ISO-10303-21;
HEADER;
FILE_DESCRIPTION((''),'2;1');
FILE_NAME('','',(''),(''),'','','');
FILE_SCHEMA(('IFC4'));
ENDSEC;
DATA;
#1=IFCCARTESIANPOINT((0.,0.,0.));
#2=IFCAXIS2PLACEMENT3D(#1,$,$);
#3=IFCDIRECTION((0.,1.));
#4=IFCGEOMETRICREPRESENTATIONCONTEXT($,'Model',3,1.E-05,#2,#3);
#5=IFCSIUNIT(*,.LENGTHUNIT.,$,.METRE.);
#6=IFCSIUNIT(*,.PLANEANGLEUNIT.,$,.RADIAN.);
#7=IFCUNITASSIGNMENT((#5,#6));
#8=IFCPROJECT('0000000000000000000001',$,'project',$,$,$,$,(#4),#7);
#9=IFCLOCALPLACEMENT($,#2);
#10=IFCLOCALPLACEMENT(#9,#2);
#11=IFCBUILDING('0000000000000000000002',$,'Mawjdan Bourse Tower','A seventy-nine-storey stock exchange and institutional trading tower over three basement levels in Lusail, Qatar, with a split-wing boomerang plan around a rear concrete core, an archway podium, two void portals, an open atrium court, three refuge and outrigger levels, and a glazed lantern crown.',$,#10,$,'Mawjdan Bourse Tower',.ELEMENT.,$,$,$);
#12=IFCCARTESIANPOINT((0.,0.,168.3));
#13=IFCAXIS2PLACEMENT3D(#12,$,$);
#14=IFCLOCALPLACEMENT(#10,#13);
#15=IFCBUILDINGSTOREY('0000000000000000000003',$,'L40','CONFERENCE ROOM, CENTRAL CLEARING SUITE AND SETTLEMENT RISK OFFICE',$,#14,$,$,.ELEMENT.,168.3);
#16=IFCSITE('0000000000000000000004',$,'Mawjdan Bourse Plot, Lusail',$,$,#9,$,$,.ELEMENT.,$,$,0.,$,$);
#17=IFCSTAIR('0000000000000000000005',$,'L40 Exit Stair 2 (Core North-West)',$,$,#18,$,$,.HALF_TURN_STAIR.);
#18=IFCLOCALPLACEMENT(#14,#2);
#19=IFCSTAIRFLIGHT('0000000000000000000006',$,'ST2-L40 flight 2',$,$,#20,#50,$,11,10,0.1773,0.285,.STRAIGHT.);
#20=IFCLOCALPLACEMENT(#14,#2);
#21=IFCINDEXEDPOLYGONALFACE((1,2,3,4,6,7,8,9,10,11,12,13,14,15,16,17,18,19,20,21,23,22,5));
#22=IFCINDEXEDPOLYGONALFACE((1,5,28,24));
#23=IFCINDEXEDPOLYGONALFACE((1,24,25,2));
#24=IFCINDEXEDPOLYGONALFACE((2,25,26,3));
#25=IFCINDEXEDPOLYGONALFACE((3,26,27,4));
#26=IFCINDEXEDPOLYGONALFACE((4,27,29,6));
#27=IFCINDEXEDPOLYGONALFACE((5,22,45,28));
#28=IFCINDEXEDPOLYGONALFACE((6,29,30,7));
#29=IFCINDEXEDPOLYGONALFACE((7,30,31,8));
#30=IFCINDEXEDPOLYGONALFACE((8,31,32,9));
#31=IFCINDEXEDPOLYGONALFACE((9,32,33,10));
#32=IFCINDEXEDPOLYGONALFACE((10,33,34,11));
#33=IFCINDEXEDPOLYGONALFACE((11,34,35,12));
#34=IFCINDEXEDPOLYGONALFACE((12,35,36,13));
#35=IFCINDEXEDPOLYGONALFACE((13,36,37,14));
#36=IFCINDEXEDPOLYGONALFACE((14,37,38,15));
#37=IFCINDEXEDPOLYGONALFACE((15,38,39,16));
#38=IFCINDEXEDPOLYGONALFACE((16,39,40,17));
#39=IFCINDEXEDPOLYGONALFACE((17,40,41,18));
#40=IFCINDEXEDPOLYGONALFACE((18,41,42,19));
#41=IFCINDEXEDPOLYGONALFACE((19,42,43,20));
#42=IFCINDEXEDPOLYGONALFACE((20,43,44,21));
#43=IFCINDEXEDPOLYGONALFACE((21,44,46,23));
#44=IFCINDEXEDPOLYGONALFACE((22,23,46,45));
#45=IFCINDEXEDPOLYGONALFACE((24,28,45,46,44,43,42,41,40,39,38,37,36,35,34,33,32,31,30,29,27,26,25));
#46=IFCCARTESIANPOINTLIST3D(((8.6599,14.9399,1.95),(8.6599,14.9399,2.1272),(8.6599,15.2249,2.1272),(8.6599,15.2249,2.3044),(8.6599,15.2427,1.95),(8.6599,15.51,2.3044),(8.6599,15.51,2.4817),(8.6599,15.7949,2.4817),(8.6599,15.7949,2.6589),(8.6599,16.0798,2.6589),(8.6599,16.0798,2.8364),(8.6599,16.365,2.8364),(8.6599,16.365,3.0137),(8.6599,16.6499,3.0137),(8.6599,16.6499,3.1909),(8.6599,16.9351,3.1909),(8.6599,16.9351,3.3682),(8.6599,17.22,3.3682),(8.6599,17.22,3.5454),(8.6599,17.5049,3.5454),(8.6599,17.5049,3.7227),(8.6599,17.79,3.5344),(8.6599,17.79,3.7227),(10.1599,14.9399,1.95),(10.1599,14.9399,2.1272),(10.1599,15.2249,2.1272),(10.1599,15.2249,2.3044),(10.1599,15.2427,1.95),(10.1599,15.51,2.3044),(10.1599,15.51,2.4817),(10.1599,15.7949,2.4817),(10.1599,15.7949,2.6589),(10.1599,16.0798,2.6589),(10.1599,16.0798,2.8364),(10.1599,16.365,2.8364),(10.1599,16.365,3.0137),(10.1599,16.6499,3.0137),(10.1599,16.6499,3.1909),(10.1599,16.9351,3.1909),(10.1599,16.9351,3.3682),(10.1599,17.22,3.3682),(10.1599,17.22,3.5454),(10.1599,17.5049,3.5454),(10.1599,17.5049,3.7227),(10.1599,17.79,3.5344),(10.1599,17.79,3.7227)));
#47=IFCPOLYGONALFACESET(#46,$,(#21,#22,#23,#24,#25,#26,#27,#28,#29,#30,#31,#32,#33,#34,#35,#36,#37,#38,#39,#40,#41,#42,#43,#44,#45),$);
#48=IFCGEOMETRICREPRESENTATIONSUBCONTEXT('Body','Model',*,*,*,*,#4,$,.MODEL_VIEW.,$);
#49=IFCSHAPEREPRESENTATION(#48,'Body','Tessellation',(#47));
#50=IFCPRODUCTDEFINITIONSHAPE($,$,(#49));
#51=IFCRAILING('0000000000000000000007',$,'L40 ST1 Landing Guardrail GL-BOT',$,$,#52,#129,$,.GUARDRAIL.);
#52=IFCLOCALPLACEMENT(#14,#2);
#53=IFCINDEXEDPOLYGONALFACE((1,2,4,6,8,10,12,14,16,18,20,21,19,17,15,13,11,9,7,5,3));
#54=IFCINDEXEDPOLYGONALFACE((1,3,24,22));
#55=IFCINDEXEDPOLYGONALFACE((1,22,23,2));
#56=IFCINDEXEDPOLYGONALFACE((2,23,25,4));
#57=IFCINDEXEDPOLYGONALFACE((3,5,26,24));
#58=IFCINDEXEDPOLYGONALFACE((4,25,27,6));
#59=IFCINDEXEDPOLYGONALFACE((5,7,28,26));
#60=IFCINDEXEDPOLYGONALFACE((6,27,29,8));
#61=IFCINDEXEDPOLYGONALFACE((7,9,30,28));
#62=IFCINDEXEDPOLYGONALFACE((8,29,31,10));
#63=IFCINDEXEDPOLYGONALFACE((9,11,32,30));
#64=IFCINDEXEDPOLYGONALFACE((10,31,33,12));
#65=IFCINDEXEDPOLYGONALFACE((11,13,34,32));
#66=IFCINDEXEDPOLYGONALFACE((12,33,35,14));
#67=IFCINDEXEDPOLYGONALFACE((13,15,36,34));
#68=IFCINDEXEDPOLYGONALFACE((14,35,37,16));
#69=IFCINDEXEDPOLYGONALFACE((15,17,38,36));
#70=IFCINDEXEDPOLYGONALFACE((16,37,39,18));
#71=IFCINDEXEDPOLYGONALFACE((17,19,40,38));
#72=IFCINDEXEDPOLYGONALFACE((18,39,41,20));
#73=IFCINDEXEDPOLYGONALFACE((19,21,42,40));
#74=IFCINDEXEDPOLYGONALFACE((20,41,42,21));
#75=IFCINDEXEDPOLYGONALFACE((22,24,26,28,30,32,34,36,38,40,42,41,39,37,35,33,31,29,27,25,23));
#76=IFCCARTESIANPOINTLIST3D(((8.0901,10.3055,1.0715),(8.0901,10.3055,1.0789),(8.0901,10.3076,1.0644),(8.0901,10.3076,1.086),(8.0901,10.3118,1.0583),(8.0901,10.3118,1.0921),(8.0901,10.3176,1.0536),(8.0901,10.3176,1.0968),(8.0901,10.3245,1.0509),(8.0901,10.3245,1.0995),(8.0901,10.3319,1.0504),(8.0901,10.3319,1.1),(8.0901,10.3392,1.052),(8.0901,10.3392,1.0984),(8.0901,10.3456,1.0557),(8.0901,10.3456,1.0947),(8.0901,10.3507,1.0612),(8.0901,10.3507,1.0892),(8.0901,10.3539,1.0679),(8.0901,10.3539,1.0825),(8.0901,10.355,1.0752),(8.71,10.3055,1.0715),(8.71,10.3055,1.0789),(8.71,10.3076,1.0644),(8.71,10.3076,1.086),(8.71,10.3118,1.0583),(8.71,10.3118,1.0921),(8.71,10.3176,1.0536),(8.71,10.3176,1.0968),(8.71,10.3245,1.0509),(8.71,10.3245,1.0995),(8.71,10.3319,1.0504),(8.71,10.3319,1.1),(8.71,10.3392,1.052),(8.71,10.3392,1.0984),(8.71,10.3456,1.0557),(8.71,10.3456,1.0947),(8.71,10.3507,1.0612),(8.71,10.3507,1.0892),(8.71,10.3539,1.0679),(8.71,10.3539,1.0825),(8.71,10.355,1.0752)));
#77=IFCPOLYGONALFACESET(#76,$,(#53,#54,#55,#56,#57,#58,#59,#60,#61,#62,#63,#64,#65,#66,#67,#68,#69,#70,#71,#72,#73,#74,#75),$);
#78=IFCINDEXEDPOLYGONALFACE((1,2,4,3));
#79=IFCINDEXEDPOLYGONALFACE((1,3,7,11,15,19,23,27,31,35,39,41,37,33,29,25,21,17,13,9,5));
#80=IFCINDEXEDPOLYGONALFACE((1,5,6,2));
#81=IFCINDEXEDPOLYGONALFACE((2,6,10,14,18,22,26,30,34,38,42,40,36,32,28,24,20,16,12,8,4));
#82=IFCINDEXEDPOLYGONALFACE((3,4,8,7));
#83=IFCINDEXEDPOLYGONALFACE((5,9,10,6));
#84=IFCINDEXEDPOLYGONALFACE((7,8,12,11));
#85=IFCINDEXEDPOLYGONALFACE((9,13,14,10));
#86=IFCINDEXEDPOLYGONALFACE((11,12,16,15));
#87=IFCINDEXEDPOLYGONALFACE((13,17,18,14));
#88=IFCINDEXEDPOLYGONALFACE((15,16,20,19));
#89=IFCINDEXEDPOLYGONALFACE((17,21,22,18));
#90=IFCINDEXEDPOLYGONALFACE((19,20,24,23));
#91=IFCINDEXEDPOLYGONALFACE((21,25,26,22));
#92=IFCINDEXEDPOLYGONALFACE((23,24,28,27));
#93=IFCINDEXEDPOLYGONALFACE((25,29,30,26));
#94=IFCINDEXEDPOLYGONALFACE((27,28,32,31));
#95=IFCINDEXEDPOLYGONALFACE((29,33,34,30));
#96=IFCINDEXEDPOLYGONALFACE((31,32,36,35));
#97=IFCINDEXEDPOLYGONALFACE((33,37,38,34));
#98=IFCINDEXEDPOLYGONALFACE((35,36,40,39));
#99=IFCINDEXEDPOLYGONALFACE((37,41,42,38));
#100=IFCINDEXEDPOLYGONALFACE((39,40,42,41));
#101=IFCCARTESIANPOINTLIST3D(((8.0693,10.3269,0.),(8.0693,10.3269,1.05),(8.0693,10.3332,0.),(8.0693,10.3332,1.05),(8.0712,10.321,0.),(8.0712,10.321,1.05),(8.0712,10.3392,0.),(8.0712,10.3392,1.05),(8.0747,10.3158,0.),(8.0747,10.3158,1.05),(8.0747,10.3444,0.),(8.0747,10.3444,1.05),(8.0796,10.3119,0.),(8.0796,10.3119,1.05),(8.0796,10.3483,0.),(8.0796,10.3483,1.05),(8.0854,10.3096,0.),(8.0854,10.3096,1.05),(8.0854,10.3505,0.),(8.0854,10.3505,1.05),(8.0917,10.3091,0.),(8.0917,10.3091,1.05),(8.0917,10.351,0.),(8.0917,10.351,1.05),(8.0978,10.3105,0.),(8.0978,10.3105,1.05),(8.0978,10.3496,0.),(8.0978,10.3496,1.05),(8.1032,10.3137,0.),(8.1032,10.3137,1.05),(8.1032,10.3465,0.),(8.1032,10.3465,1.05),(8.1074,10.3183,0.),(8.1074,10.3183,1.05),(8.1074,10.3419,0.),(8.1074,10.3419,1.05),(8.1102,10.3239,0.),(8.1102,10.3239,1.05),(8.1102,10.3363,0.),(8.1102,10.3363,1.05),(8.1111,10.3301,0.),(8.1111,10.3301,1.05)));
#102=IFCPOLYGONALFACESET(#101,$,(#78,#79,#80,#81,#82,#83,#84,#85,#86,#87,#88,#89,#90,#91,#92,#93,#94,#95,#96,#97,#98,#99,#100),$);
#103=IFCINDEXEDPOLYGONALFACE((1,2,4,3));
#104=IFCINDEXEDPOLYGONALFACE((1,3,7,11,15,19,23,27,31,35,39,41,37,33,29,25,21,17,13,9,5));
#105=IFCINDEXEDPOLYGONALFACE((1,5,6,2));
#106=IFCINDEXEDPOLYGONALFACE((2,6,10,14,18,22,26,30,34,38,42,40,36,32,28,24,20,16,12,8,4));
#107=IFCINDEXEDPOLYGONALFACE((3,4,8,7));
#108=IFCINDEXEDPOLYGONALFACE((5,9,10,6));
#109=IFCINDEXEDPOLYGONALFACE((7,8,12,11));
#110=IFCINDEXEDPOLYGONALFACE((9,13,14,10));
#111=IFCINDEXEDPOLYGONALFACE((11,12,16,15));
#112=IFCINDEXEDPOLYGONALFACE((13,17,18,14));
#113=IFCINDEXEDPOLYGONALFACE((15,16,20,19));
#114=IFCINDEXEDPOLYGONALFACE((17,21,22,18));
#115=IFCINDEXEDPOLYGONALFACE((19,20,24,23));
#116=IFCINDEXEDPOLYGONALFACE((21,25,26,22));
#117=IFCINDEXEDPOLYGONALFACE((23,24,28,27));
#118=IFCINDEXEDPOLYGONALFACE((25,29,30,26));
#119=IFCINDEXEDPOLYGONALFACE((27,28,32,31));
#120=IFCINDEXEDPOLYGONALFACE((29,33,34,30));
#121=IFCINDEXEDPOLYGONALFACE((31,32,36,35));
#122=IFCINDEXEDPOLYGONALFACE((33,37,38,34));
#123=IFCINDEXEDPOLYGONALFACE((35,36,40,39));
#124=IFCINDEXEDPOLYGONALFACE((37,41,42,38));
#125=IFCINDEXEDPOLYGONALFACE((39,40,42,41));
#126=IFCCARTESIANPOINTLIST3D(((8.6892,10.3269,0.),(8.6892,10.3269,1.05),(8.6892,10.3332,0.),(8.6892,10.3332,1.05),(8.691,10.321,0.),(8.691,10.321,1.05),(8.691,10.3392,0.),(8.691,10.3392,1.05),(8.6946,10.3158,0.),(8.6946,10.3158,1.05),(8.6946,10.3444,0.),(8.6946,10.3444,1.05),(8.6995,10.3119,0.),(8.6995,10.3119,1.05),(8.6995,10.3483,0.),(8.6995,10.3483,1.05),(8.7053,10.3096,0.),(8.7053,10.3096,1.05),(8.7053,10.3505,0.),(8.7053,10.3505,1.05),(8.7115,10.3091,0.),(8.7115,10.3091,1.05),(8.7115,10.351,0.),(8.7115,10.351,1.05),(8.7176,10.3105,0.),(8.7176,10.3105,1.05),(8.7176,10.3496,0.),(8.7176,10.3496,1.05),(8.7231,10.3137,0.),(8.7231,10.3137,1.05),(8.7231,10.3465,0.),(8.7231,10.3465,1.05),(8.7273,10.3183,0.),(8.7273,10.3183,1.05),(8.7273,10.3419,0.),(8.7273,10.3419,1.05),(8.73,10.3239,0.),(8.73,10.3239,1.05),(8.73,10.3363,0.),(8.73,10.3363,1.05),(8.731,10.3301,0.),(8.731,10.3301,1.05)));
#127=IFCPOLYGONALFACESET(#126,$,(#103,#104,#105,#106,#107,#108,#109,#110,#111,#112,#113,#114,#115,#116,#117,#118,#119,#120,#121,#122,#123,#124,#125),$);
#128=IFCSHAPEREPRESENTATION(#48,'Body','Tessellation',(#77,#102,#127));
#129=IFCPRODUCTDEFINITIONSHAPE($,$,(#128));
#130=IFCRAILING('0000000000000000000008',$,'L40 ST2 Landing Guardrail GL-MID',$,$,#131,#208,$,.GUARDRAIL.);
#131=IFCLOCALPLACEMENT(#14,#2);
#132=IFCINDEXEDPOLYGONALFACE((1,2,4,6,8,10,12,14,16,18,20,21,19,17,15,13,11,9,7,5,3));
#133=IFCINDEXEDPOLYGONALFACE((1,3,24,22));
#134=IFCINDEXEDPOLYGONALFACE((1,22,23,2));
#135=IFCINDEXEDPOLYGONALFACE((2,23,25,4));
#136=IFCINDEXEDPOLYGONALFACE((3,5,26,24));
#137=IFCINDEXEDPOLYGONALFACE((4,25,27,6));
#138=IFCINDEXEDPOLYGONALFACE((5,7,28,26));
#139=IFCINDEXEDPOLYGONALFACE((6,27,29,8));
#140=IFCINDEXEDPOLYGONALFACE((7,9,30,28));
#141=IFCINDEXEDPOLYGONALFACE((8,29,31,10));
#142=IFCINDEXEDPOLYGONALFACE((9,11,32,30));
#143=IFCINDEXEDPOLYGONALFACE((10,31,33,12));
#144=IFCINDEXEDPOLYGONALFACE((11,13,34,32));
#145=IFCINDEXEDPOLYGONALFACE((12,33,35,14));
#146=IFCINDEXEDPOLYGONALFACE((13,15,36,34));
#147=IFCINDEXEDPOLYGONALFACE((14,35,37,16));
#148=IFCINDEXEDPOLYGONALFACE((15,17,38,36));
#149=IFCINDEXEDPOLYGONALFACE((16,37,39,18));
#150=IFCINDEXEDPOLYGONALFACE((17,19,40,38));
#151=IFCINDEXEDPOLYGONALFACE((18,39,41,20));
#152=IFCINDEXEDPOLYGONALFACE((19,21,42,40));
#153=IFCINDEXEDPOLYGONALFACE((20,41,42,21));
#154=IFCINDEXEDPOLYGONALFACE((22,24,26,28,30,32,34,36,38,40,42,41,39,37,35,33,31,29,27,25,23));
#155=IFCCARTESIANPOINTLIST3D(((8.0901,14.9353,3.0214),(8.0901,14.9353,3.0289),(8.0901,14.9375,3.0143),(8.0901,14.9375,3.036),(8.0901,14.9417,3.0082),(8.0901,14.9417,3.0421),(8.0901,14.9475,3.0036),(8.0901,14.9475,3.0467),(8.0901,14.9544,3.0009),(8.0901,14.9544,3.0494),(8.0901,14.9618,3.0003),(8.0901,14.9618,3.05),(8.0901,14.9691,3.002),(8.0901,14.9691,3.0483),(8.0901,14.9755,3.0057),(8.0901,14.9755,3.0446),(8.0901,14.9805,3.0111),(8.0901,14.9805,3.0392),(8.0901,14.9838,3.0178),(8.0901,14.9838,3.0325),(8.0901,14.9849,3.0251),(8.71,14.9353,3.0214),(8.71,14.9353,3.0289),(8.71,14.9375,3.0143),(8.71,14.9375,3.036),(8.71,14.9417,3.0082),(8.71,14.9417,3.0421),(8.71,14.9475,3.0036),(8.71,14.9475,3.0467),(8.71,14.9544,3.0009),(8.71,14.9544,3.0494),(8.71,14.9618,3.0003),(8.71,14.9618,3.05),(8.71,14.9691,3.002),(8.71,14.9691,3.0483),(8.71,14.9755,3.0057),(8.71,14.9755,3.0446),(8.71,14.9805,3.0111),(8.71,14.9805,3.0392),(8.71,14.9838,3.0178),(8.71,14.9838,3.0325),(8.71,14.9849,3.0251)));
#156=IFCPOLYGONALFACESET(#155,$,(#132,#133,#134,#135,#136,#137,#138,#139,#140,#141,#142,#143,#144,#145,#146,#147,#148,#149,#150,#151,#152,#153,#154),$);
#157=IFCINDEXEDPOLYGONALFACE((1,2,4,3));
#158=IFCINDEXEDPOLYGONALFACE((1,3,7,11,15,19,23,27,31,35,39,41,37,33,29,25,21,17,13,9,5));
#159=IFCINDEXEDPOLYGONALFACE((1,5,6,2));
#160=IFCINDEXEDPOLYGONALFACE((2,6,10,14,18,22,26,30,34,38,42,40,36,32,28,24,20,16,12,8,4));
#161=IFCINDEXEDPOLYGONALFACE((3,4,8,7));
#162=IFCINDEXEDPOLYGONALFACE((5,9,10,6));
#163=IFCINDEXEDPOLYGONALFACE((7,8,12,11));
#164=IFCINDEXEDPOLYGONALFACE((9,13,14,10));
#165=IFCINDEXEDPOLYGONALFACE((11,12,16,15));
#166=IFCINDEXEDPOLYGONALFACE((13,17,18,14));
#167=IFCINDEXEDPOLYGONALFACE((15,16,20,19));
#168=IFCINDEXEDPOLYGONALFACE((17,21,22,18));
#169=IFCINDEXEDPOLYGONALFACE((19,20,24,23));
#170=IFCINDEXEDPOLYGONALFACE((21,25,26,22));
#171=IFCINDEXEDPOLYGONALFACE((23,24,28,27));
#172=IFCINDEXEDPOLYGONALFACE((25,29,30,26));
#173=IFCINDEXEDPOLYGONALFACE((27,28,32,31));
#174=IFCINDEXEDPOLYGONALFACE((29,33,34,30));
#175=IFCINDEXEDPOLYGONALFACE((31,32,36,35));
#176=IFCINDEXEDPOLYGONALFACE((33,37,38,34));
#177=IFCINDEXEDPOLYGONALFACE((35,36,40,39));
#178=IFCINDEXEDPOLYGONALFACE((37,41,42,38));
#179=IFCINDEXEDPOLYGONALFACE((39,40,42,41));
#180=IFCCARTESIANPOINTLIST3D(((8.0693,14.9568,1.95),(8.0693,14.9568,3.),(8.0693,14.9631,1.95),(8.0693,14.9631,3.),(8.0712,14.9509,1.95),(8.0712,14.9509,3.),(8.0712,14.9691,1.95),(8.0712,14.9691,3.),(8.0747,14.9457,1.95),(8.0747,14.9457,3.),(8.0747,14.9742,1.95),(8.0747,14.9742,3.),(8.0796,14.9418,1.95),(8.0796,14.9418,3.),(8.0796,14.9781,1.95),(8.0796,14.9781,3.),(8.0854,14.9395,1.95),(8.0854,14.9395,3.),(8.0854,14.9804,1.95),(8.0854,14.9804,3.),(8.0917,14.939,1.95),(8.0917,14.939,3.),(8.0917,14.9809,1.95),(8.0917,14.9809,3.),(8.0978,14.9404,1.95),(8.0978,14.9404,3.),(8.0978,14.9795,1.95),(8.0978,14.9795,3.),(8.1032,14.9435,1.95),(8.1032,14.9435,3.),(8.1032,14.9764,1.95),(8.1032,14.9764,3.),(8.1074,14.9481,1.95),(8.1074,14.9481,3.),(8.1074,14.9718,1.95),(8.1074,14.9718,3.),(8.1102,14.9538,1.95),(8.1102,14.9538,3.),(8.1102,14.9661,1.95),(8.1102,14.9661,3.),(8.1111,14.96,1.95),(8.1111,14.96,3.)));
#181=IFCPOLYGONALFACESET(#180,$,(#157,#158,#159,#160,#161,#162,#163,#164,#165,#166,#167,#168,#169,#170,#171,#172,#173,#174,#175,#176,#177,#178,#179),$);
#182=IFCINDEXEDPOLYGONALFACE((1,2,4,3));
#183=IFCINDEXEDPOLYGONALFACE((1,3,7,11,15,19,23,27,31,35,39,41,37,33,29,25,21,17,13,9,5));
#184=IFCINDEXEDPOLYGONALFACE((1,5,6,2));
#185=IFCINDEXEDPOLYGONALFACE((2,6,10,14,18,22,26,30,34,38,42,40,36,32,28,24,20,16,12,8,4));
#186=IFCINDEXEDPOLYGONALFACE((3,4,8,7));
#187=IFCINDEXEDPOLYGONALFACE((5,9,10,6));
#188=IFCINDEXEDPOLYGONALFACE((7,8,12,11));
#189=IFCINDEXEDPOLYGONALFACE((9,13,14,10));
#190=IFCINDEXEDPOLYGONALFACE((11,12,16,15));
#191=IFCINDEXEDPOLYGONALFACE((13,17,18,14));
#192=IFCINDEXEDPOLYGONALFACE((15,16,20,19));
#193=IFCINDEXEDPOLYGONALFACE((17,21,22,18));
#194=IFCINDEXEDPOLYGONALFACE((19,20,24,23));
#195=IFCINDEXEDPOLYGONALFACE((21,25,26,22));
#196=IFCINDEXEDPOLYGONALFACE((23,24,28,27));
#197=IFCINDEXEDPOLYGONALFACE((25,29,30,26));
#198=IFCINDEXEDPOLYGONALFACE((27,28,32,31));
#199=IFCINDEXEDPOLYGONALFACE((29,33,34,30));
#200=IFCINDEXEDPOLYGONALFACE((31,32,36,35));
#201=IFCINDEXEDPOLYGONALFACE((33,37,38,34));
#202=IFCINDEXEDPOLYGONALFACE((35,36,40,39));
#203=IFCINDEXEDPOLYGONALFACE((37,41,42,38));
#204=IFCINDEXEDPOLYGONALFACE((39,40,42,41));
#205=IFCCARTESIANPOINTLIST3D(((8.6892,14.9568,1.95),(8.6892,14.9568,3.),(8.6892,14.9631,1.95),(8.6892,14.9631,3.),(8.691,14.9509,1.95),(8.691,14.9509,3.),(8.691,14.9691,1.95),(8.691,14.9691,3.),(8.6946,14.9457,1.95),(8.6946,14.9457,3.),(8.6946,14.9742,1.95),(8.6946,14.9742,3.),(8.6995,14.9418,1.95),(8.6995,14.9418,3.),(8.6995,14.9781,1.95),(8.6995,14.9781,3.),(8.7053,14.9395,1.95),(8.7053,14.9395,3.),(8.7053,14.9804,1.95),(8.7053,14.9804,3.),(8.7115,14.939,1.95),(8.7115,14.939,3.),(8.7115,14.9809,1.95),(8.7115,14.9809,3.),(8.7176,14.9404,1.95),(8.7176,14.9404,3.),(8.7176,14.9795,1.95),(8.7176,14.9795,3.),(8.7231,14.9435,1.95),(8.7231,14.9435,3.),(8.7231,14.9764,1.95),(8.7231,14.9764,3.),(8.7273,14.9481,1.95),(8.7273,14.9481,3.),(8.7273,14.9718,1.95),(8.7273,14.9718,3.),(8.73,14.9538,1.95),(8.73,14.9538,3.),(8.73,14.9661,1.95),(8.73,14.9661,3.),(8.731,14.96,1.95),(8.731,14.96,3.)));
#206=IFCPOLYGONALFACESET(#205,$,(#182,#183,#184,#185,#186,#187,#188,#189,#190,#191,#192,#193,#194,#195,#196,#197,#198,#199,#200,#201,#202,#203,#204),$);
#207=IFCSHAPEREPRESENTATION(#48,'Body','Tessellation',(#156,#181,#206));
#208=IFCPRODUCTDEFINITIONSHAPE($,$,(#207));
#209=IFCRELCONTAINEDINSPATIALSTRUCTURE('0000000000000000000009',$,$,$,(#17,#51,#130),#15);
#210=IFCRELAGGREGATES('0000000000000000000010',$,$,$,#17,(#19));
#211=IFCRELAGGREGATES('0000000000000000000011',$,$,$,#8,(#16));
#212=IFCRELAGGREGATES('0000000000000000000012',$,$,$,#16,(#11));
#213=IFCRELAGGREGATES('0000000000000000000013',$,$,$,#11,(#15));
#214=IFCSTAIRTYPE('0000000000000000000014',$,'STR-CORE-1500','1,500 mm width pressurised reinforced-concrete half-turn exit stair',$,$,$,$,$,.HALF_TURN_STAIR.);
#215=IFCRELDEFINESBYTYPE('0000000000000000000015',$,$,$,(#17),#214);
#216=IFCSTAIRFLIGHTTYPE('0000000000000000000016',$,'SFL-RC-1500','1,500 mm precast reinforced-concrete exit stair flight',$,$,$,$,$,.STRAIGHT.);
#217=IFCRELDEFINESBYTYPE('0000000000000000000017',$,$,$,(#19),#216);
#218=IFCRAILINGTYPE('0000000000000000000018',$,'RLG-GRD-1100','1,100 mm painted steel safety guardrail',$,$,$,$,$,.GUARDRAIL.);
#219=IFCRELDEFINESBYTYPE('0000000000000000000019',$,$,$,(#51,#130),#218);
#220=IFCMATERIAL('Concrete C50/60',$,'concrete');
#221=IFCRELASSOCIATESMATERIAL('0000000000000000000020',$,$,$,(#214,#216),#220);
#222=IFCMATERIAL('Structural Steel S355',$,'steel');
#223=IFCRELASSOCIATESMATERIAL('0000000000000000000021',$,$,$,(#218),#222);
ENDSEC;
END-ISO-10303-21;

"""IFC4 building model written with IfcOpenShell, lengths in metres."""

from ifc_helpers import new_model, si_unit, direction, frame, origin, origin_2d, place, context, subcontext, project, spatial, polyline, circle, outline, extrude, material, type_object, element, aggregate, save


model = new_model("IFC4")

# Units and contexts
model_context = context("Model", 3, precision=1e-05, world=origin(), true_north=direction((0.0, 1.0)))
body_context = subcontext(model_context, "Body", "Model", "MODEL_VIEW")
ifc_project = project(units=[si_unit("LENGTHUNIT", "METRE"), si_unit("PLANEANGLEUNIT", "RADIAN")], contexts=[model_context])

# Site, building, storey
site_placement = place(None, origin())
site = spatial("IfcSite", under=ifc_project, at=site_placement, Name="Mawjdan Bourse Plot, Lusail", CompositionType="ELEMENT", RefElevation=0.0)
building_placement = place(site_placement, origin())
building = spatial("IfcBuilding", under=site, at=building_placement, Name="Mawjdan Bourse Tower", Description="A seventy-nine-storey stock exchange and institutional trading tower over three basement levels in Lusail, Qatar, with a split-wing boomerang plan around a rear concrete core, an archway podium, two void portals, an open atrium court, three refuge and outrigger levels, and a glazed lantern crown.", LongName="Mawjdan Bourse Tower", CompositionType="ELEMENT")
storey_placement = place(building_placement, frame((0.0, 0.0, 168.3)))
storey = spatial("IfcBuildingStorey", under=building, at=storey_placement, Name="L40", Description="CONFERENCE ROOM, CENTRAL CLEARING SUITE AND SETTLEMENT RISK OFFICE", CompositionType="ELEMENT", Elevation=168.3)

# Shared definitions
ifc_material_1 = material(Name="Structural Steel S355", Category="steel")

# Shared definitions
ifc_material_2 = material(Name="Concrete C50/60", Category="concrete")

# Shared definitions
stair_type = type_object("IfcStairType", Name="STR-CORE-1500", Description="1,500 mm width pressurised reinforced-concrete half-turn exit stair", PredefinedType="HALF_TURN_STAIR", material=ifc_material_2)
stair_flight_type = type_object("IfcStairFlightType", Name="SFL-RC-1500", Description="1,500 mm precast reinforced-concrete exit stair flight", PredefinedType="STRAIGHT", material=ifc_material_2)

# Stair, stair flight
stair_1_placement = place(storey_placement, origin())
stair_1 = element("IfcStair", 1, at=stair_1_placement, inside=storey, type_object=stair_type, Name="L40 Exit Stair 2 (Core North-West)", PredefinedType="HALF_TURN_STAIR")
stair_flight_1_placement = place(storey_placement, frame((9.4099, 14.9399, 1.95), z_axis=(0.0, 0.0, 1.0), x_axis=(0.0, 1.0, 0.0)))
stair_flight_1 = element("IfcStairFlight", 2, at=stair_flight_1_placement, type_object=stair_flight_type, Name="ST2-L40 flight 2", NumberOfRisers=11, NumberOfTreads=10, PredefinedType="STRAIGHT", RiserHeight=0.1773, TreadLength=0.285, context=body_context, shape_type="SweptSolid", body=[
    extrude(outline(polyline([(0.0, 0.0), (0.0, 0.1772), (0.2849, 0.1772), (0.2849, 0.3545), (0.5701, 0.3545), (0.5701, 0.5317), (0.855, 0.5317), (0.855, 0.709), (1.1399, 0.709), (1.1399, 0.8865), (1.425, 0.8865), (1.425, 1.0637), (1.71, 1.0637), (1.71, 1.241), (1.9951, 1.241), (1.9951, 1.4182), (2.28, 1.4182), (2.28, 1.5955), (2.5649, 1.5955), (2.5649, 1.7727), (2.8501, 1.7727), (2.8501, 1.95), (2.8501, 1.5845), (0.3027, 0.0), (0.0, 0.0)])), frame((0.0, 0.75, 0.0), z_axis=(0.0, -1.0, 0.0), x_axis=(1.0, 0.0, 0.0)), (0.0, 0.0, 1.0), 1.5),
])
aggregate(stair_1, [stair_flight_1])

# Railings
railing_type_1 = type_object("IfcRailingType", Name="RLG-GRD-1100", Description="1,100 mm painted steel safety guardrail", PredefinedType="GUARDRAIL", material=ifc_material_1)
for number, where, name in (
    (3, (8.0901, 10.3301, 0.0), "L40 ST1 Landing Guardrail GL-BOT"),
    (4, (8.0901, 14.96, 1.95), "L40 ST2 Landing Guardrail GL-MID"),
):
    element("IfcRailing", number, at=place(storey_placement, frame(where)), inside=storey, type_object=railing_type_1, Name=name, PredefinedType="GUARDRAIL", context=body_context, shape_type="SweptSolid", body=[
        extrude(circle(Radius=0.0249, at=origin_2d()), frame((0.0, 0.0, 1.0752), z_axis=(1.0, 0.0, 0.0), x_axis=(0.0, 1.0, 0.0)), (0.0, 0.0, 1.0), 0.6199),
        extrude(circle(Radius=0.021, at=origin_2d()), origin(), (0.0, 0.0, 1.0), 1.05),
        extrude(circle(Radius=0.021, at=origin_2d()), frame((0.6199, 0.0, 0.0)), (0.0, 0.0, 1.0), 1.05),
    ])

save(model, "model.ifc")
